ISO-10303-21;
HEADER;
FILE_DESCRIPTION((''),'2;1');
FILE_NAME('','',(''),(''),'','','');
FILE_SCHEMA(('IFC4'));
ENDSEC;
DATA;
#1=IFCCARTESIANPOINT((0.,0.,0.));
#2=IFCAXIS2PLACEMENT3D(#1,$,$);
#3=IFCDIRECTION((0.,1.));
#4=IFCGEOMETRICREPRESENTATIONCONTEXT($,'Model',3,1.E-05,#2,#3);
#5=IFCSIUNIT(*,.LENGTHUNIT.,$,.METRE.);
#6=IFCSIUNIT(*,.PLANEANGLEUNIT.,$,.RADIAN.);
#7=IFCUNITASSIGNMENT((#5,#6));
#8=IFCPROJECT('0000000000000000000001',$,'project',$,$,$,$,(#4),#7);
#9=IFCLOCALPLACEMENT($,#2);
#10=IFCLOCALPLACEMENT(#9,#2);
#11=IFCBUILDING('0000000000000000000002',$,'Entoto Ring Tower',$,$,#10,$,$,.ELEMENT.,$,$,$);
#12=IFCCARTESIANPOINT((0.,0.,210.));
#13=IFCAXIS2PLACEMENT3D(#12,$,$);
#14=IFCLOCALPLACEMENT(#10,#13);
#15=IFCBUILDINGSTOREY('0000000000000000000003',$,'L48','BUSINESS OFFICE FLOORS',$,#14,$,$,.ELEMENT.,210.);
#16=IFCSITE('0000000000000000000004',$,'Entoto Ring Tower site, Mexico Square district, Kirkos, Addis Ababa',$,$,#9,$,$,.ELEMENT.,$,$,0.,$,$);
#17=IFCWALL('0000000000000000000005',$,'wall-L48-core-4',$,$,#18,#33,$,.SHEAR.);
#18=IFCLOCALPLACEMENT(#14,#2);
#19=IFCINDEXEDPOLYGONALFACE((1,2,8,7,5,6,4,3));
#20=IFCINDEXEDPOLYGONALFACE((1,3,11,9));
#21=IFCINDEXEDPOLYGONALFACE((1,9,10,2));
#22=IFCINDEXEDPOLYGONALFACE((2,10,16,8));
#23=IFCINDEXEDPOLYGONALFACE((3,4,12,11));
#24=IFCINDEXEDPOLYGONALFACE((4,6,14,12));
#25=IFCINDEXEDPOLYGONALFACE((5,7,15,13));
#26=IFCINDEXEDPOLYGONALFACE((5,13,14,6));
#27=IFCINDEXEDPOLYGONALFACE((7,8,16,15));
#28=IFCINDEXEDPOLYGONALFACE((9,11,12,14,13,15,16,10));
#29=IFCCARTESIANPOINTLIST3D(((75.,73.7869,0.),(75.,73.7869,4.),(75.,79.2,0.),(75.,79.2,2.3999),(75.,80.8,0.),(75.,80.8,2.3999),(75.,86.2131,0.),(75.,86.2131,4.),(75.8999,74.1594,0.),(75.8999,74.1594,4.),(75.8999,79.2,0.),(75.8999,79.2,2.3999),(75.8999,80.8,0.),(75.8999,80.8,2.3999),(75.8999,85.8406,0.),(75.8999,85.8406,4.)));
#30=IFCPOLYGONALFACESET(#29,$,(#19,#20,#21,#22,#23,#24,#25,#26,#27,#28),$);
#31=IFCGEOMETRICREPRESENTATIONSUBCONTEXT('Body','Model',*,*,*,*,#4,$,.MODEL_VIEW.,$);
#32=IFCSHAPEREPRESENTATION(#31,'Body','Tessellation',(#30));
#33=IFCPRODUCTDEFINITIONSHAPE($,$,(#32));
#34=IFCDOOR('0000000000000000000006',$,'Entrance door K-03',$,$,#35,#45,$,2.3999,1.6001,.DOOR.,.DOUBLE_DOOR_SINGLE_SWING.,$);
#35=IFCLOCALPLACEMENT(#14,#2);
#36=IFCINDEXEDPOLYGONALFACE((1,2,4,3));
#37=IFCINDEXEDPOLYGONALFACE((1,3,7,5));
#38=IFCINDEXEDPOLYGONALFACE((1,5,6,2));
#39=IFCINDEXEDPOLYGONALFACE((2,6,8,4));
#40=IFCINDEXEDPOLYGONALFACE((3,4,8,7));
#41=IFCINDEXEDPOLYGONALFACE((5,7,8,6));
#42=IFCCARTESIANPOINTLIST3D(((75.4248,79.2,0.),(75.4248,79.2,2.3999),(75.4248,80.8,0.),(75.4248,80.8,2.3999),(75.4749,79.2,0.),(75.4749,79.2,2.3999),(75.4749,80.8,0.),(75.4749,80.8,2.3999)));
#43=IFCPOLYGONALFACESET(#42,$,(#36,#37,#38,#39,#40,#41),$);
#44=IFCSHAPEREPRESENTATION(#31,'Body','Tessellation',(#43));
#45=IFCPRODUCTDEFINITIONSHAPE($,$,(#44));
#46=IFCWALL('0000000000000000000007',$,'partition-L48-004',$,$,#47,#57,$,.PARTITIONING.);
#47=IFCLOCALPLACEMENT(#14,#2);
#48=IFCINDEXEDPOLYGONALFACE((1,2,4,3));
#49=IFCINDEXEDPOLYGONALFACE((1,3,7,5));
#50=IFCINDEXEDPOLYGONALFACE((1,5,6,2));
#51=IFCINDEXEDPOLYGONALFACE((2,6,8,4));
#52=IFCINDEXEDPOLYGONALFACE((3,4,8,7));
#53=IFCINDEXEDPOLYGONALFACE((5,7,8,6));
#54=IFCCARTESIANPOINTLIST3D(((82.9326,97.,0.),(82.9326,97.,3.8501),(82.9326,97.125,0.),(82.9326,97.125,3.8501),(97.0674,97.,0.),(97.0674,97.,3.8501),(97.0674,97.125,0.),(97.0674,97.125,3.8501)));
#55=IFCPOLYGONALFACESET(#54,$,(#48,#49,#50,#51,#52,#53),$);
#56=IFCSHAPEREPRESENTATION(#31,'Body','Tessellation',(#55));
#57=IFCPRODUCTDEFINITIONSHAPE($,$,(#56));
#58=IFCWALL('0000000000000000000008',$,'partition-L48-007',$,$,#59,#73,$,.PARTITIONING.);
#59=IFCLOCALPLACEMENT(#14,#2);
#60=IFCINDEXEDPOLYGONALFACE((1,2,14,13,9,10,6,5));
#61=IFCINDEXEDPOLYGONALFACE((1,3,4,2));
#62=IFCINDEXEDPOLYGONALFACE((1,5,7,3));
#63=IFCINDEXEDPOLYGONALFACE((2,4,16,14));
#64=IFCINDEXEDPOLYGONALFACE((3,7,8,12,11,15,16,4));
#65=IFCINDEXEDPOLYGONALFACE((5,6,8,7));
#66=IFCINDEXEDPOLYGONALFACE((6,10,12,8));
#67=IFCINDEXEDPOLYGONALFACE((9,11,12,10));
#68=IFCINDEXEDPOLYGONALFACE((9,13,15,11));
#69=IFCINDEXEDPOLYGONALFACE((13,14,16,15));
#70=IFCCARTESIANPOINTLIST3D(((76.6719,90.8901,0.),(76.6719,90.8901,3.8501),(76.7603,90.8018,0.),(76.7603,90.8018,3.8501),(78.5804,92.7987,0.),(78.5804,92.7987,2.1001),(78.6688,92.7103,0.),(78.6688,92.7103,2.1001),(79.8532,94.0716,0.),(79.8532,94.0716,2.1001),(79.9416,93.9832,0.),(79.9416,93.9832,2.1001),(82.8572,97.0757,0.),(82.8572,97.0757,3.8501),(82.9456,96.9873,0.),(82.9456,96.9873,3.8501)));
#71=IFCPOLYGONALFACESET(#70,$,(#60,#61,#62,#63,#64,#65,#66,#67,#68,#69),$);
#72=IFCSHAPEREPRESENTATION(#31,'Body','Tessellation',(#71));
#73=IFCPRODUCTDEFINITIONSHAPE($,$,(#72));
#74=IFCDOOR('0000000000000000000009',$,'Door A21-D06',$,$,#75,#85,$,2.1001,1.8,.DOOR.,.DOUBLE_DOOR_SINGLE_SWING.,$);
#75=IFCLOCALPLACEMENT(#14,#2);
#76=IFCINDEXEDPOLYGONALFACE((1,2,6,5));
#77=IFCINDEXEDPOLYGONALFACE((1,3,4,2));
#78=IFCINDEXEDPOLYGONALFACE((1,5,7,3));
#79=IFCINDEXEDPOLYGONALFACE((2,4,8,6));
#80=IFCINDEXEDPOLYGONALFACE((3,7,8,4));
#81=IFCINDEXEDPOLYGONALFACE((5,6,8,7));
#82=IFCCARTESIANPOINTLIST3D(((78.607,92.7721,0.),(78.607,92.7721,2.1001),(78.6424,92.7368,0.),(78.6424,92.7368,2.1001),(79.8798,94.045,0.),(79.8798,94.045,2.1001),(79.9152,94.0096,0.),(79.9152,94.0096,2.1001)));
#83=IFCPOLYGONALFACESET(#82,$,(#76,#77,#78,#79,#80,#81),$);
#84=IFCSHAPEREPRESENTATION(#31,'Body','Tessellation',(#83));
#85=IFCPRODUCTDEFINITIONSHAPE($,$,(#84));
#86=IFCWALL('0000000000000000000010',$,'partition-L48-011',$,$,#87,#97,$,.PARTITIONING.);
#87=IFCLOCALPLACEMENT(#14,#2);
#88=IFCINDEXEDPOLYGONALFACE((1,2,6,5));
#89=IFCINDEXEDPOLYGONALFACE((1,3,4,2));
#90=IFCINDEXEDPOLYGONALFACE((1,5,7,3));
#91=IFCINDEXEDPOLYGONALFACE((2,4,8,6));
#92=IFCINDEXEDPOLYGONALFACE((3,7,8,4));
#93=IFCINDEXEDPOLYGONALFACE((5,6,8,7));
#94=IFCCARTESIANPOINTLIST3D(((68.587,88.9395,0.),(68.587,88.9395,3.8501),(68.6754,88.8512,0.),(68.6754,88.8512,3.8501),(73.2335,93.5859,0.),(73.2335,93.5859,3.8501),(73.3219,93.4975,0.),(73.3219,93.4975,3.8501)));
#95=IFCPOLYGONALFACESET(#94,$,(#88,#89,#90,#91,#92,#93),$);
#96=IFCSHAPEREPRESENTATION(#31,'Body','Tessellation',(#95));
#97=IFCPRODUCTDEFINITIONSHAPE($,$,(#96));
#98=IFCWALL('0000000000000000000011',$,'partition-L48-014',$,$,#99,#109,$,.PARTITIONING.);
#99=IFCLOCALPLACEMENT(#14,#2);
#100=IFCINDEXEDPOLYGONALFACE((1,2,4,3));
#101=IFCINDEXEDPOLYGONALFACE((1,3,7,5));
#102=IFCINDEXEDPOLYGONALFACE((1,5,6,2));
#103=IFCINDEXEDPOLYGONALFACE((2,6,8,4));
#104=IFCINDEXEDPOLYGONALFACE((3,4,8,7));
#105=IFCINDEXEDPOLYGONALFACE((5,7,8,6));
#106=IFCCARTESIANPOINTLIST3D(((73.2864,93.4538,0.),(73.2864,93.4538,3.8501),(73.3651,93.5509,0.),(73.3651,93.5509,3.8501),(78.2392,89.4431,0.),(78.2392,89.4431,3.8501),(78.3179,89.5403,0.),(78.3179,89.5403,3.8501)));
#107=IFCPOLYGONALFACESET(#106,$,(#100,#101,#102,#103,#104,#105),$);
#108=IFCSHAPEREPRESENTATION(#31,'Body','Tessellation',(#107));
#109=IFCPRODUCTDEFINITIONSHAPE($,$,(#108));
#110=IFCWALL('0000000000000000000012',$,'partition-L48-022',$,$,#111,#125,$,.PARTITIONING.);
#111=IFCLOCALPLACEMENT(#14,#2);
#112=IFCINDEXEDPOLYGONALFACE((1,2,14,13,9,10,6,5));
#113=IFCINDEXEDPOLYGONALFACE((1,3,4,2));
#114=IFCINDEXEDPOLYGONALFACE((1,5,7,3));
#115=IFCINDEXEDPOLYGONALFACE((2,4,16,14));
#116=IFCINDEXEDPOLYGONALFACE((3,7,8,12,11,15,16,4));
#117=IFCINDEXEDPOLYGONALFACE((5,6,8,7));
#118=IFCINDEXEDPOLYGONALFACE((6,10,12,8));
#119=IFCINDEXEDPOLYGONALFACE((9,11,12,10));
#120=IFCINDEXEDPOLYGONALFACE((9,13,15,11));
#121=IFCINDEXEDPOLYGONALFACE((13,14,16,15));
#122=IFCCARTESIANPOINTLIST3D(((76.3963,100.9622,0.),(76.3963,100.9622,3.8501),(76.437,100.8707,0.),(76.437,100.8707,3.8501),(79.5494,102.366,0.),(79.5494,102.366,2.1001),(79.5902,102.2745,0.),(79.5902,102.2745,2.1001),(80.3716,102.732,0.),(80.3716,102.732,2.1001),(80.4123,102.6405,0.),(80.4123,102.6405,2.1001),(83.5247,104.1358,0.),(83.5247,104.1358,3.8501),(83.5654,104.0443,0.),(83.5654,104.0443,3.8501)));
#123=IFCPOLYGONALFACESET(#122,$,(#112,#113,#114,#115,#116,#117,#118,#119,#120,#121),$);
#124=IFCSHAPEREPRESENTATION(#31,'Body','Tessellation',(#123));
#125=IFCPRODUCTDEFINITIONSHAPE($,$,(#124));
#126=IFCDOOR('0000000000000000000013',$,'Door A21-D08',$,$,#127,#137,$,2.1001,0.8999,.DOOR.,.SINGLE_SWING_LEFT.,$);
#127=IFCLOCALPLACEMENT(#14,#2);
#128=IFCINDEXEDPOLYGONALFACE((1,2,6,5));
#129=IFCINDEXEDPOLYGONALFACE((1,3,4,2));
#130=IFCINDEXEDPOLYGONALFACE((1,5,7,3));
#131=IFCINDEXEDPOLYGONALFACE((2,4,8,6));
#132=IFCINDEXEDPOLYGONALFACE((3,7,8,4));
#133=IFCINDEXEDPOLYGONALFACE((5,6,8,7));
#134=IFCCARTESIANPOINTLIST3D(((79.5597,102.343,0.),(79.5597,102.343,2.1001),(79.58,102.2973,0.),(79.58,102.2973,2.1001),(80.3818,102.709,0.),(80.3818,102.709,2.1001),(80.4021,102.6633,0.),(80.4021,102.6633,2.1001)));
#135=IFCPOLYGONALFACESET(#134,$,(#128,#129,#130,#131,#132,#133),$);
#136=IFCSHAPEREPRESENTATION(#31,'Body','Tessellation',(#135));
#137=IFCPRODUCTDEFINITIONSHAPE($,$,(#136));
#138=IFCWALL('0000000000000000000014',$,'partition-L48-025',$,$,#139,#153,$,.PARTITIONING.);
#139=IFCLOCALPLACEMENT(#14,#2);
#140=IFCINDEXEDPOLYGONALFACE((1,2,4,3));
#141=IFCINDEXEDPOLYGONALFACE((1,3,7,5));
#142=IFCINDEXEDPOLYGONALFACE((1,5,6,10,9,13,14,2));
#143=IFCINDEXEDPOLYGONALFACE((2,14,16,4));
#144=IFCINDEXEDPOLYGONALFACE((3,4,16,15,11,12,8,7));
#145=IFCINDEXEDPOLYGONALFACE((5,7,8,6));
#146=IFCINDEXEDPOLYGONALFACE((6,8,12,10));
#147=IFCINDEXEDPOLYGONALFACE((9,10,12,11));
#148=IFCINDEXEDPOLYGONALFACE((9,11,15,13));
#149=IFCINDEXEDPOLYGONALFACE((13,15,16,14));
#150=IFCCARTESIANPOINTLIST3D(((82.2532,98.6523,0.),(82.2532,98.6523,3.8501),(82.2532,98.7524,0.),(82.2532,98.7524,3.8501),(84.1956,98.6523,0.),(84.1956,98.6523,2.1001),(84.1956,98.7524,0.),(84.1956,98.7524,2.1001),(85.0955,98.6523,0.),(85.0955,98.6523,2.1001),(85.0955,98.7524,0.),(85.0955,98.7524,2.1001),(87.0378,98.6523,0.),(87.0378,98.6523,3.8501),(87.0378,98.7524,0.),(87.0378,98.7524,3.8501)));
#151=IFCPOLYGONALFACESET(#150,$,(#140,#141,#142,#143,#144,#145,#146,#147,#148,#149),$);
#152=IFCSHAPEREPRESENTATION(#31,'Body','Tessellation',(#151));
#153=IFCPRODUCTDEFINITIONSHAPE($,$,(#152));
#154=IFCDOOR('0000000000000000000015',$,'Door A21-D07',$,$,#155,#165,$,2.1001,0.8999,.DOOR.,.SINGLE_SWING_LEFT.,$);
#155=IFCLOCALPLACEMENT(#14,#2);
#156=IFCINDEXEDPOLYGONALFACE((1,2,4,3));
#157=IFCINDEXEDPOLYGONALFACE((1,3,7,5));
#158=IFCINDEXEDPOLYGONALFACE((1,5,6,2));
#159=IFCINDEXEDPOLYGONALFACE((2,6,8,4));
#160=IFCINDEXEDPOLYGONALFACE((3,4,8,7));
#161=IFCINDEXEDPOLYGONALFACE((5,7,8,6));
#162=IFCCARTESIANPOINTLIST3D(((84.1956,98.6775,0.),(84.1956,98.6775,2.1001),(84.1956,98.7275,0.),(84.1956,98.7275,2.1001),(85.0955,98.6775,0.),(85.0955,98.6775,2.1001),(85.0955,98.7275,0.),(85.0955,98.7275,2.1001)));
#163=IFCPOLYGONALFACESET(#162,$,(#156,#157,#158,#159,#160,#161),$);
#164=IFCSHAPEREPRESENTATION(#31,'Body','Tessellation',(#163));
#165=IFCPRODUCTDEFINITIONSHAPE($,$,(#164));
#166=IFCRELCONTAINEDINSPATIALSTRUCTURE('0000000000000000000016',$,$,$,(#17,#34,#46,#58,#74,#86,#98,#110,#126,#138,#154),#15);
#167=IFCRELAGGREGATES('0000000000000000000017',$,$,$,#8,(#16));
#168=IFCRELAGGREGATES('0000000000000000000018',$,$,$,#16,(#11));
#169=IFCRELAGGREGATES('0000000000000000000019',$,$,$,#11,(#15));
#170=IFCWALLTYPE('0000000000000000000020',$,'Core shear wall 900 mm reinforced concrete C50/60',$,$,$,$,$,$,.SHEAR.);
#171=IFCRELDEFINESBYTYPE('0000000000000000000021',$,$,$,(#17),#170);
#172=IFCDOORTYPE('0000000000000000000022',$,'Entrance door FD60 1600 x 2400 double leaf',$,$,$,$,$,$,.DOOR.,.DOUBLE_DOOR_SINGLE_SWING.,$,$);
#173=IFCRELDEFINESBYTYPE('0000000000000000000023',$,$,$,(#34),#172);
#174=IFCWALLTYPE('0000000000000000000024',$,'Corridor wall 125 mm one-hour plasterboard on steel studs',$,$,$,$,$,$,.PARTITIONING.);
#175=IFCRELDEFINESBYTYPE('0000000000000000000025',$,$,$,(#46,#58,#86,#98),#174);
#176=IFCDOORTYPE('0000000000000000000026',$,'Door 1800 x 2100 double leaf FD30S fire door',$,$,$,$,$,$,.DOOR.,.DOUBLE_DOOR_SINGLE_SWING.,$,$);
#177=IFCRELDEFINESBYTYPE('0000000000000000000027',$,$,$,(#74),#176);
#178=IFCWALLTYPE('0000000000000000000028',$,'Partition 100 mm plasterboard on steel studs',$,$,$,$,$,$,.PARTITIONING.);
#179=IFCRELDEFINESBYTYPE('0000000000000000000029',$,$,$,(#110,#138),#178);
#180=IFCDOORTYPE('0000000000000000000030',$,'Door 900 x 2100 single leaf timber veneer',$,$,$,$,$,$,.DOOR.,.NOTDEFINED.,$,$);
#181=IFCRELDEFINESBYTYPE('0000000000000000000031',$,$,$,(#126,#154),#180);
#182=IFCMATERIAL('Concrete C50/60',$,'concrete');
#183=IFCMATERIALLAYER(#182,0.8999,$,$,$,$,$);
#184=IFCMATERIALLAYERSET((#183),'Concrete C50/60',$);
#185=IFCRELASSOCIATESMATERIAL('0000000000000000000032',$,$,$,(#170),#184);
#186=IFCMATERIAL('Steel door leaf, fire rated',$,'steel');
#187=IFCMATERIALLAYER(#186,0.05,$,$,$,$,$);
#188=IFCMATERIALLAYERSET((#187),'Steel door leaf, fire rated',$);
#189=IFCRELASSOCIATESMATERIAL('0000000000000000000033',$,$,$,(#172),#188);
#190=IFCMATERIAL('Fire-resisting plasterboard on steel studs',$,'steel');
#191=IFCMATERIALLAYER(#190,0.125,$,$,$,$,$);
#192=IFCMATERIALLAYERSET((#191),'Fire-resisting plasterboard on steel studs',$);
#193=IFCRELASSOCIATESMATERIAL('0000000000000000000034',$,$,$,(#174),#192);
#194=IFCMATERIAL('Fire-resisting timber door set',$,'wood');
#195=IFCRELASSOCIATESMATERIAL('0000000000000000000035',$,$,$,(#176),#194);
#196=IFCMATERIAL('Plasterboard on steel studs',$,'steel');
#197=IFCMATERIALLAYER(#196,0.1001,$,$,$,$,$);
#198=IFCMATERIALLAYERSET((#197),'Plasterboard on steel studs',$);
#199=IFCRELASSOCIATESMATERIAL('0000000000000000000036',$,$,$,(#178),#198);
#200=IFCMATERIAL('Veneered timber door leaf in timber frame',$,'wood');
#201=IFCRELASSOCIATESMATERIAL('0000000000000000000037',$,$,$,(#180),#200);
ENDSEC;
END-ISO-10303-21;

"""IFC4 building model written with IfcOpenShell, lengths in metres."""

from ifc_helpers import new_model, si_unit, direction, frame, frame_2d, origin, place, context, subcontext, project, spatial, polyline, rectangle, outline, extrude, material, layer, layer_set, type_object, element, fill, save


model = new_model("IFC4")

# Units and contexts
model_context = context("Model", 3, precision=1e-05, world=origin(), true_north=direction((0.0, 1.0)))
body_context = subcontext(model_context, "Body", "Model", "MODEL_VIEW")
ifc_project = project(units=[si_unit("LENGTHUNIT", "METRE"), si_unit("PLANEANGLEUNIT", "RADIAN")], contexts=[model_context])

# Site, building, storey
site_placement = place(None, origin())
site = spatial("IfcSite", under=ifc_project, at=site_placement, Name="Entoto Ring Tower site, Mexico Square district, Kirkos, Addis Ababa", CompositionType="ELEMENT", RefElevation=0.0)
building_placement = place(site_placement, origin())
building = spatial("IfcBuilding", under=site, at=building_placement, Name="Entoto Ring Tower", CompositionType="ELEMENT")
storey_placement = place(building_placement, frame((0.0, 0.0, 210.0)))
storey = spatial("IfcBuildingStorey", under=building, at=storey_placement, Name="L48", Description="BUSINESS OFFICE FLOORS", CompositionType="ELEMENT", Elevation=210.0)

# Wall, opening, door
ifc_material_1 = material(Name="Concrete C50/60", Category="concrete")
ifc_layer_1 = layer(ifc_material_1, 0.8999)
ifc_layer_set_1 = layer_set([ifc_layer_1], Name="Concrete C50/60")
wall_type_1 = type_object("IfcWallType", Name="Core shear wall 900 mm reinforced concrete C50/60", PredefinedType="SHEAR", material=ifc_layer_set_1)
wall_1_placement = place(storey_placement, frame((75.45, 86.0269, 0.0), z_axis=(0.0, 0.0, 1.0), x_axis=(0.0, -1.0, 0.0)))
wall_1 = element("IfcWall", 1, at=wall_1_placement, inside=storey, type_object=wall_type_1, Name="wall-L48-core-4", PredefinedType="SHEAR", context=body_context, shape_type="SweptSolid", body=[
    extrude(outline(polyline([(-0.1863, -0.45), (12.24, -0.45), (11.8674, 0.45), (0.1863, 0.45), (-0.1863, -0.45)])), origin(), (0.0, 0.0, 1.0), 4.0),
])
opening_1_placement = place(wall_1_placement, frame((5.2268, 0.0, 0.0)))
opening_1 = element("IfcOpeningElement", 2, at=opening_1_placement, cuts=wall_1, PredefinedType="OPENING", context=body_context, shape_type="SweptSolid", body=[
    extrude(rectangle(XDim=1.6001, YDim=2.3999, at=frame_2d((0.8, 1.2))), frame((0.0, 0.46, 0.0), z_axis=(0.0, -1.0, 0.0), x_axis=(1.0, 0.0, 0.0)), (0.0, 0.0, 1.0), 0.9199),
])
ifc_material_2 = material(Name="Steel door leaf, fire rated", Category="steel")
ifc_layer_2 = layer(ifc_material_2, 0.05)
ifc_layer_set_2 = layer_set([ifc_layer_2], Name="Steel door leaf, fire rated")
door_type_1 = type_object("IfcDoorType", Name="Entrance door FD60 1600 x 2400 double leaf", OperationType="DOUBLE_DOOR_SINGLE_SWING", PredefinedType="DOOR", material=ifc_layer_set_2)
door_1_placement = place(opening_1_placement, origin())
door_1 = element("IfcDoor", 3, at=door_1_placement, inside=storey, type_object=door_type_1, Name="Entrance door K-03", OperationType="DOUBLE_DOOR_SINGLE_SWING", OverallHeight=2.3999, OverallWidth=1.6001, PredefinedType="DOOR", context=body_context, shape_type="SweptSolid", body=[
    extrude(rectangle(XDim=1.6001, YDim=2.3999, at=frame_2d((0.8, 1.2))), frame((0.0, 0.0249, 0.0), z_axis=(0.0, -1.0, 0.0), x_axis=(1.0, 0.0, 0.0)), (0.0, 0.0, 1.0), 0.05),
])
fill(opening_1, door_1)

# Wall
ifc_material_3 = material(Name="Fire-resisting plasterboard on steel studs", Category="steel")
ifc_layer_3 = layer(ifc_material_3, 0.125)
ifc_layer_set_3 = layer_set([ifc_layer_3], Name="Fire-resisting plasterboard on steel studs")
wall_type_2 = type_object("IfcWallType", Name="Corridor wall 125 mm one-hour plasterboard on steel studs", PredefinedType="PARTITIONING", material=ifc_layer_set_3)
wall_2_placement = place(storey_placement, frame((82.9326, 97.0625, 0.0), z_axis=(0.0, 0.0, 1.0), x_axis=(1.0, 0.0, 0.0)))
element("IfcWall", 4, at=wall_2_placement, inside=storey, type_object=wall_type_2, Name="partition-L48-004", PredefinedType="PARTITIONING", context=body_context, shape_type="SweptSolid", body=[
    extrude(rectangle(XDim=14.1348, YDim=0.125, at=frame_2d((7.0674, 0.0))), origin(), (0.0, 0.0, 1.0), 3.8501),
])

# Wall, opening, door
wall_3_placement = place(storey_placement, frame((76.7161, 90.8459, 0.0), z_axis=(0.0, 0.0, 1.0), x_axis=(0.707093, 0.707121, 0.0)))
wall_3 = element("IfcWall", 5, at=wall_3_placement, inside=storey, type_object=wall_type_2, Name="partition-L48-007", PredefinedType="PARTITIONING", context=body_context, shape_type="SweptSolid", body=[
    extrude(rectangle(XDim=8.7476, YDim=0.125, at=frame_2d((4.3738, 0.0))), origin(), (0.0, 0.0, 1.0), 3.8501),
])
opening_2_placement = place(wall_3_placement, frame((2.6992, 0.0, 0.0)))
opening_2 = element("IfcOpeningElement", 6, at=opening_2_placement, cuts=wall_3, PredefinedType="OPENING", context=body_context, shape_type="SweptSolid", body=[
    extrude(rectangle(XDim=1.8, YDim=2.1001, at=frame_2d((0.8999, 1.05))), frame((0.0, 0.0725, 0.0), z_axis=(0.0, -1.0, 0.0), x_axis=(1.0, 0.0, 0.0)), (0.0, 0.0, 1.0), 0.145),
])
ifc_material_4 = material(Name="Fire-resisting timber door set", Category="wood")
door_type_2 = type_object("IfcDoorType", Name="Door 1800 x 2100 double leaf FD30S fire door", OperationType="DOUBLE_DOOR_SINGLE_SWING", PredefinedType="DOOR", material=ifc_material_4)
door_2_placement = place(opening_2_placement, origin())
door_2 = element("IfcDoor", 7, at=door_2_placement, inside=storey, type_object=door_type_2, Name="Door A21-D06", OperationType="DOUBLE_DOOR_SINGLE_SWING", OverallHeight=2.1001, OverallWidth=1.8, PredefinedType="DOOR", context=body_context, shape_type="SweptSolid", body=[
    extrude(rectangle(XDim=1.8, YDim=2.1001, at=frame_2d((0.8999, 1.05))), frame((0.0, 0.0249, 0.0), z_axis=(0.0, -1.0, 0.0), x_axis=(1.0, 0.0, 0.0)), (0.0, 0.0, 1.0), 0.05),
])
fill(opening_2, door_2)

# Walls
wall_4_placement = place(storey_placement, frame((68.6311, 88.8953, 0.0), z_axis=(0.0, 0.0, 1.0), x_axis=(0.707125, 0.707088, 0.0)))
element("IfcWall", 8, at=wall_4_placement, inside=storey, type_object=wall_type_2, Name="partition-L48-011", PredefinedType="PARTITIONING", context=body_context, shape_type="SweptSolid", body=[
    extrude(rectangle(XDim=6.571, YDim=0.125, at=frame_2d((3.2856, 0.0))), origin(), (0.0, 0.0, 1.0), 3.8501),
])
wall_5_placement = place(storey_placement, frame((78.2786, 89.4917, 0.0), z_axis=(0.0, 0.0, 1.0), x_axis=(-0.777148, 0.629318, 0.0)))
element("IfcWall", 9, at=wall_5_placement, inside=storey, type_object=wall_type_2, Name="partition-L48-014", PredefinedType="PARTITIONING", context=body_context, shape_type="SweptSolid", body=[
    extrude(rectangle(XDim=6.373, YDim=0.125, at=frame_2d((3.1865, 0.0))), origin(), (0.0, 0.0, 1.0), 3.8501),
])

# Walls, openings, doors
ifc_material_5 = material(Name="Plasterboard on steel studs", Category="steel")
ifc_layer_4 = layer(ifc_material_5, 0.1001)
ifc_layer_set_4 = layer_set([ifc_layer_4], Name="Plasterboard on steel studs")
wall_type_3 = type_object("IfcWallType", Name="Partition 100 mm plasterboard on steel studs", PredefinedType="PARTITIONING", material=ifc_layer_set_4)
wall_6_placement = place(storey_placement, frame((76.4167, 100.9165, 0.0), z_axis=(0.0, 0.0, 1.0), x_axis=(0.913555, 0.406716, 0.0)))
wall_6 = element("IfcWall", 10, at=wall_6_placement, inside=storey, type_object=wall_type_3, Name="partition-L48-022", PredefinedType="PARTITIONING", context=body_context, shape_type="SweptSolid", body=[
    extrude(rectangle(XDim=7.803, YDim=0.1001, at=frame_2d((3.9014, 0.0))), origin(), (0.0, 0.0, 1.0), 3.8501),
])
opening_3_placement = place(wall_6_placement, frame((3.4514, 0.0, 0.0)))
opening_3 = element("IfcOpeningElement", 11, at=opening_3_placement, cuts=wall_6, PredefinedType="OPENING", context=body_context, shape_type="SweptSolid", body=[
    extrude(rectangle(XDim=0.8999, YDim=2.1001, at=frame_2d((0.45, 1.05))), frame((0.0, 0.0601, 0.0), z_axis=(0.0, -1.0, 0.0), x_axis=(1.0, 0.0, 0.0)), (0.0, 0.0, 1.0), 0.1201),
])
ifc_material_6 = material(Name="Veneered timber door leaf in timber frame", Category="wood")
door_type_3 = type_object("IfcDoorType", Name="Door 900 x 2100 single leaf timber veneer", OperationType="NOTDEFINED", PredefinedType="DOOR", material=ifc_material_6)
door_3_placement = place(opening_3_placement, origin())
door_3 = element("IfcDoor", 12, at=door_3_placement, inside=storey, type_object=door_type_3, Name="Door A21-D08", OperationType="SINGLE_SWING_LEFT", OverallHeight=2.1001, OverallWidth=0.8999, PredefinedType="DOOR", context=body_context, shape_type="SweptSolid", body=[
    extrude(rectangle(XDim=0.8999, YDim=2.1001, at=frame_2d((0.45, 1.05))), frame((0.0, 0.0249, 0.0), z_axis=(0.0, -1.0, 0.0), x_axis=(1.0, 0.0, 0.0)), (0.0, 0.0, 1.0), 0.05),
])
fill(opening_3, door_3)
wall_7_placement = place(storey_placement, frame((82.2532, 98.7024, 0.0), z_axis=(0.0, 0.0, 1.0), x_axis=(1.0, 0.0, 0.0)))
wall_7 = element("IfcWall", 13, at=wall_7_placement, inside=storey, type_object=wall_type_3, Name="partition-L48-025", PredefinedType="PARTITIONING", context=body_context, shape_type="SweptSolid", body=[
    extrude(rectangle(XDim=4.7847, YDim=0.1001, at=frame_2d((2.3923, 0.0))), origin(), (0.0, 0.0, 1.0), 3.8501),
])
opening_4_placement = place(wall_7_placement, frame((1.9424, 0.0, 0.0)))
opening_4 = element("IfcOpeningElement", 14, at=opening_4_placement, cuts=wall_7, PredefinedType="OPENING", context=body_context, shape_type="SweptSolid", body=[
    extrude(rectangle(XDim=0.8999, YDim=2.1001, at=frame_2d((0.45, 1.05))), frame((0.0, 0.0601, 0.0), z_axis=(0.0, -1.0, 0.0), x_axis=(1.0, 0.0, 0.0)), (0.0, 0.0, 1.0), 0.1201),
])
door_4_placement = place(opening_4_placement, frame((0.8999, 0.0, 0.0), z_axis=(0.0, 0.0, 1.0), x_axis=(-1.0, 0.0, 0.0)))
door_4 = element("IfcDoor", 15, at=door_4_placement, inside=storey, type_object=door_type_3, Name="Door A21-D07", OperationType="SINGLE_SWING_LEFT", OverallHeight=2.1001, OverallWidth=0.8999, PredefinedType="DOOR", context=body_context, shape_type="SweptSolid", body=[
    extrude(rectangle(XDim=0.8999, YDim=2.1001, at=frame_2d((0.45, 1.05))), frame((0.0, 0.0249, 0.0), z_axis=(0.0, -1.0, 0.0), x_axis=(1.0, 0.0, 0.0)), (0.0, 0.0, 1.0), 0.05),
])
fill(opening_4, door_4)

save(model, "model.ifc")
